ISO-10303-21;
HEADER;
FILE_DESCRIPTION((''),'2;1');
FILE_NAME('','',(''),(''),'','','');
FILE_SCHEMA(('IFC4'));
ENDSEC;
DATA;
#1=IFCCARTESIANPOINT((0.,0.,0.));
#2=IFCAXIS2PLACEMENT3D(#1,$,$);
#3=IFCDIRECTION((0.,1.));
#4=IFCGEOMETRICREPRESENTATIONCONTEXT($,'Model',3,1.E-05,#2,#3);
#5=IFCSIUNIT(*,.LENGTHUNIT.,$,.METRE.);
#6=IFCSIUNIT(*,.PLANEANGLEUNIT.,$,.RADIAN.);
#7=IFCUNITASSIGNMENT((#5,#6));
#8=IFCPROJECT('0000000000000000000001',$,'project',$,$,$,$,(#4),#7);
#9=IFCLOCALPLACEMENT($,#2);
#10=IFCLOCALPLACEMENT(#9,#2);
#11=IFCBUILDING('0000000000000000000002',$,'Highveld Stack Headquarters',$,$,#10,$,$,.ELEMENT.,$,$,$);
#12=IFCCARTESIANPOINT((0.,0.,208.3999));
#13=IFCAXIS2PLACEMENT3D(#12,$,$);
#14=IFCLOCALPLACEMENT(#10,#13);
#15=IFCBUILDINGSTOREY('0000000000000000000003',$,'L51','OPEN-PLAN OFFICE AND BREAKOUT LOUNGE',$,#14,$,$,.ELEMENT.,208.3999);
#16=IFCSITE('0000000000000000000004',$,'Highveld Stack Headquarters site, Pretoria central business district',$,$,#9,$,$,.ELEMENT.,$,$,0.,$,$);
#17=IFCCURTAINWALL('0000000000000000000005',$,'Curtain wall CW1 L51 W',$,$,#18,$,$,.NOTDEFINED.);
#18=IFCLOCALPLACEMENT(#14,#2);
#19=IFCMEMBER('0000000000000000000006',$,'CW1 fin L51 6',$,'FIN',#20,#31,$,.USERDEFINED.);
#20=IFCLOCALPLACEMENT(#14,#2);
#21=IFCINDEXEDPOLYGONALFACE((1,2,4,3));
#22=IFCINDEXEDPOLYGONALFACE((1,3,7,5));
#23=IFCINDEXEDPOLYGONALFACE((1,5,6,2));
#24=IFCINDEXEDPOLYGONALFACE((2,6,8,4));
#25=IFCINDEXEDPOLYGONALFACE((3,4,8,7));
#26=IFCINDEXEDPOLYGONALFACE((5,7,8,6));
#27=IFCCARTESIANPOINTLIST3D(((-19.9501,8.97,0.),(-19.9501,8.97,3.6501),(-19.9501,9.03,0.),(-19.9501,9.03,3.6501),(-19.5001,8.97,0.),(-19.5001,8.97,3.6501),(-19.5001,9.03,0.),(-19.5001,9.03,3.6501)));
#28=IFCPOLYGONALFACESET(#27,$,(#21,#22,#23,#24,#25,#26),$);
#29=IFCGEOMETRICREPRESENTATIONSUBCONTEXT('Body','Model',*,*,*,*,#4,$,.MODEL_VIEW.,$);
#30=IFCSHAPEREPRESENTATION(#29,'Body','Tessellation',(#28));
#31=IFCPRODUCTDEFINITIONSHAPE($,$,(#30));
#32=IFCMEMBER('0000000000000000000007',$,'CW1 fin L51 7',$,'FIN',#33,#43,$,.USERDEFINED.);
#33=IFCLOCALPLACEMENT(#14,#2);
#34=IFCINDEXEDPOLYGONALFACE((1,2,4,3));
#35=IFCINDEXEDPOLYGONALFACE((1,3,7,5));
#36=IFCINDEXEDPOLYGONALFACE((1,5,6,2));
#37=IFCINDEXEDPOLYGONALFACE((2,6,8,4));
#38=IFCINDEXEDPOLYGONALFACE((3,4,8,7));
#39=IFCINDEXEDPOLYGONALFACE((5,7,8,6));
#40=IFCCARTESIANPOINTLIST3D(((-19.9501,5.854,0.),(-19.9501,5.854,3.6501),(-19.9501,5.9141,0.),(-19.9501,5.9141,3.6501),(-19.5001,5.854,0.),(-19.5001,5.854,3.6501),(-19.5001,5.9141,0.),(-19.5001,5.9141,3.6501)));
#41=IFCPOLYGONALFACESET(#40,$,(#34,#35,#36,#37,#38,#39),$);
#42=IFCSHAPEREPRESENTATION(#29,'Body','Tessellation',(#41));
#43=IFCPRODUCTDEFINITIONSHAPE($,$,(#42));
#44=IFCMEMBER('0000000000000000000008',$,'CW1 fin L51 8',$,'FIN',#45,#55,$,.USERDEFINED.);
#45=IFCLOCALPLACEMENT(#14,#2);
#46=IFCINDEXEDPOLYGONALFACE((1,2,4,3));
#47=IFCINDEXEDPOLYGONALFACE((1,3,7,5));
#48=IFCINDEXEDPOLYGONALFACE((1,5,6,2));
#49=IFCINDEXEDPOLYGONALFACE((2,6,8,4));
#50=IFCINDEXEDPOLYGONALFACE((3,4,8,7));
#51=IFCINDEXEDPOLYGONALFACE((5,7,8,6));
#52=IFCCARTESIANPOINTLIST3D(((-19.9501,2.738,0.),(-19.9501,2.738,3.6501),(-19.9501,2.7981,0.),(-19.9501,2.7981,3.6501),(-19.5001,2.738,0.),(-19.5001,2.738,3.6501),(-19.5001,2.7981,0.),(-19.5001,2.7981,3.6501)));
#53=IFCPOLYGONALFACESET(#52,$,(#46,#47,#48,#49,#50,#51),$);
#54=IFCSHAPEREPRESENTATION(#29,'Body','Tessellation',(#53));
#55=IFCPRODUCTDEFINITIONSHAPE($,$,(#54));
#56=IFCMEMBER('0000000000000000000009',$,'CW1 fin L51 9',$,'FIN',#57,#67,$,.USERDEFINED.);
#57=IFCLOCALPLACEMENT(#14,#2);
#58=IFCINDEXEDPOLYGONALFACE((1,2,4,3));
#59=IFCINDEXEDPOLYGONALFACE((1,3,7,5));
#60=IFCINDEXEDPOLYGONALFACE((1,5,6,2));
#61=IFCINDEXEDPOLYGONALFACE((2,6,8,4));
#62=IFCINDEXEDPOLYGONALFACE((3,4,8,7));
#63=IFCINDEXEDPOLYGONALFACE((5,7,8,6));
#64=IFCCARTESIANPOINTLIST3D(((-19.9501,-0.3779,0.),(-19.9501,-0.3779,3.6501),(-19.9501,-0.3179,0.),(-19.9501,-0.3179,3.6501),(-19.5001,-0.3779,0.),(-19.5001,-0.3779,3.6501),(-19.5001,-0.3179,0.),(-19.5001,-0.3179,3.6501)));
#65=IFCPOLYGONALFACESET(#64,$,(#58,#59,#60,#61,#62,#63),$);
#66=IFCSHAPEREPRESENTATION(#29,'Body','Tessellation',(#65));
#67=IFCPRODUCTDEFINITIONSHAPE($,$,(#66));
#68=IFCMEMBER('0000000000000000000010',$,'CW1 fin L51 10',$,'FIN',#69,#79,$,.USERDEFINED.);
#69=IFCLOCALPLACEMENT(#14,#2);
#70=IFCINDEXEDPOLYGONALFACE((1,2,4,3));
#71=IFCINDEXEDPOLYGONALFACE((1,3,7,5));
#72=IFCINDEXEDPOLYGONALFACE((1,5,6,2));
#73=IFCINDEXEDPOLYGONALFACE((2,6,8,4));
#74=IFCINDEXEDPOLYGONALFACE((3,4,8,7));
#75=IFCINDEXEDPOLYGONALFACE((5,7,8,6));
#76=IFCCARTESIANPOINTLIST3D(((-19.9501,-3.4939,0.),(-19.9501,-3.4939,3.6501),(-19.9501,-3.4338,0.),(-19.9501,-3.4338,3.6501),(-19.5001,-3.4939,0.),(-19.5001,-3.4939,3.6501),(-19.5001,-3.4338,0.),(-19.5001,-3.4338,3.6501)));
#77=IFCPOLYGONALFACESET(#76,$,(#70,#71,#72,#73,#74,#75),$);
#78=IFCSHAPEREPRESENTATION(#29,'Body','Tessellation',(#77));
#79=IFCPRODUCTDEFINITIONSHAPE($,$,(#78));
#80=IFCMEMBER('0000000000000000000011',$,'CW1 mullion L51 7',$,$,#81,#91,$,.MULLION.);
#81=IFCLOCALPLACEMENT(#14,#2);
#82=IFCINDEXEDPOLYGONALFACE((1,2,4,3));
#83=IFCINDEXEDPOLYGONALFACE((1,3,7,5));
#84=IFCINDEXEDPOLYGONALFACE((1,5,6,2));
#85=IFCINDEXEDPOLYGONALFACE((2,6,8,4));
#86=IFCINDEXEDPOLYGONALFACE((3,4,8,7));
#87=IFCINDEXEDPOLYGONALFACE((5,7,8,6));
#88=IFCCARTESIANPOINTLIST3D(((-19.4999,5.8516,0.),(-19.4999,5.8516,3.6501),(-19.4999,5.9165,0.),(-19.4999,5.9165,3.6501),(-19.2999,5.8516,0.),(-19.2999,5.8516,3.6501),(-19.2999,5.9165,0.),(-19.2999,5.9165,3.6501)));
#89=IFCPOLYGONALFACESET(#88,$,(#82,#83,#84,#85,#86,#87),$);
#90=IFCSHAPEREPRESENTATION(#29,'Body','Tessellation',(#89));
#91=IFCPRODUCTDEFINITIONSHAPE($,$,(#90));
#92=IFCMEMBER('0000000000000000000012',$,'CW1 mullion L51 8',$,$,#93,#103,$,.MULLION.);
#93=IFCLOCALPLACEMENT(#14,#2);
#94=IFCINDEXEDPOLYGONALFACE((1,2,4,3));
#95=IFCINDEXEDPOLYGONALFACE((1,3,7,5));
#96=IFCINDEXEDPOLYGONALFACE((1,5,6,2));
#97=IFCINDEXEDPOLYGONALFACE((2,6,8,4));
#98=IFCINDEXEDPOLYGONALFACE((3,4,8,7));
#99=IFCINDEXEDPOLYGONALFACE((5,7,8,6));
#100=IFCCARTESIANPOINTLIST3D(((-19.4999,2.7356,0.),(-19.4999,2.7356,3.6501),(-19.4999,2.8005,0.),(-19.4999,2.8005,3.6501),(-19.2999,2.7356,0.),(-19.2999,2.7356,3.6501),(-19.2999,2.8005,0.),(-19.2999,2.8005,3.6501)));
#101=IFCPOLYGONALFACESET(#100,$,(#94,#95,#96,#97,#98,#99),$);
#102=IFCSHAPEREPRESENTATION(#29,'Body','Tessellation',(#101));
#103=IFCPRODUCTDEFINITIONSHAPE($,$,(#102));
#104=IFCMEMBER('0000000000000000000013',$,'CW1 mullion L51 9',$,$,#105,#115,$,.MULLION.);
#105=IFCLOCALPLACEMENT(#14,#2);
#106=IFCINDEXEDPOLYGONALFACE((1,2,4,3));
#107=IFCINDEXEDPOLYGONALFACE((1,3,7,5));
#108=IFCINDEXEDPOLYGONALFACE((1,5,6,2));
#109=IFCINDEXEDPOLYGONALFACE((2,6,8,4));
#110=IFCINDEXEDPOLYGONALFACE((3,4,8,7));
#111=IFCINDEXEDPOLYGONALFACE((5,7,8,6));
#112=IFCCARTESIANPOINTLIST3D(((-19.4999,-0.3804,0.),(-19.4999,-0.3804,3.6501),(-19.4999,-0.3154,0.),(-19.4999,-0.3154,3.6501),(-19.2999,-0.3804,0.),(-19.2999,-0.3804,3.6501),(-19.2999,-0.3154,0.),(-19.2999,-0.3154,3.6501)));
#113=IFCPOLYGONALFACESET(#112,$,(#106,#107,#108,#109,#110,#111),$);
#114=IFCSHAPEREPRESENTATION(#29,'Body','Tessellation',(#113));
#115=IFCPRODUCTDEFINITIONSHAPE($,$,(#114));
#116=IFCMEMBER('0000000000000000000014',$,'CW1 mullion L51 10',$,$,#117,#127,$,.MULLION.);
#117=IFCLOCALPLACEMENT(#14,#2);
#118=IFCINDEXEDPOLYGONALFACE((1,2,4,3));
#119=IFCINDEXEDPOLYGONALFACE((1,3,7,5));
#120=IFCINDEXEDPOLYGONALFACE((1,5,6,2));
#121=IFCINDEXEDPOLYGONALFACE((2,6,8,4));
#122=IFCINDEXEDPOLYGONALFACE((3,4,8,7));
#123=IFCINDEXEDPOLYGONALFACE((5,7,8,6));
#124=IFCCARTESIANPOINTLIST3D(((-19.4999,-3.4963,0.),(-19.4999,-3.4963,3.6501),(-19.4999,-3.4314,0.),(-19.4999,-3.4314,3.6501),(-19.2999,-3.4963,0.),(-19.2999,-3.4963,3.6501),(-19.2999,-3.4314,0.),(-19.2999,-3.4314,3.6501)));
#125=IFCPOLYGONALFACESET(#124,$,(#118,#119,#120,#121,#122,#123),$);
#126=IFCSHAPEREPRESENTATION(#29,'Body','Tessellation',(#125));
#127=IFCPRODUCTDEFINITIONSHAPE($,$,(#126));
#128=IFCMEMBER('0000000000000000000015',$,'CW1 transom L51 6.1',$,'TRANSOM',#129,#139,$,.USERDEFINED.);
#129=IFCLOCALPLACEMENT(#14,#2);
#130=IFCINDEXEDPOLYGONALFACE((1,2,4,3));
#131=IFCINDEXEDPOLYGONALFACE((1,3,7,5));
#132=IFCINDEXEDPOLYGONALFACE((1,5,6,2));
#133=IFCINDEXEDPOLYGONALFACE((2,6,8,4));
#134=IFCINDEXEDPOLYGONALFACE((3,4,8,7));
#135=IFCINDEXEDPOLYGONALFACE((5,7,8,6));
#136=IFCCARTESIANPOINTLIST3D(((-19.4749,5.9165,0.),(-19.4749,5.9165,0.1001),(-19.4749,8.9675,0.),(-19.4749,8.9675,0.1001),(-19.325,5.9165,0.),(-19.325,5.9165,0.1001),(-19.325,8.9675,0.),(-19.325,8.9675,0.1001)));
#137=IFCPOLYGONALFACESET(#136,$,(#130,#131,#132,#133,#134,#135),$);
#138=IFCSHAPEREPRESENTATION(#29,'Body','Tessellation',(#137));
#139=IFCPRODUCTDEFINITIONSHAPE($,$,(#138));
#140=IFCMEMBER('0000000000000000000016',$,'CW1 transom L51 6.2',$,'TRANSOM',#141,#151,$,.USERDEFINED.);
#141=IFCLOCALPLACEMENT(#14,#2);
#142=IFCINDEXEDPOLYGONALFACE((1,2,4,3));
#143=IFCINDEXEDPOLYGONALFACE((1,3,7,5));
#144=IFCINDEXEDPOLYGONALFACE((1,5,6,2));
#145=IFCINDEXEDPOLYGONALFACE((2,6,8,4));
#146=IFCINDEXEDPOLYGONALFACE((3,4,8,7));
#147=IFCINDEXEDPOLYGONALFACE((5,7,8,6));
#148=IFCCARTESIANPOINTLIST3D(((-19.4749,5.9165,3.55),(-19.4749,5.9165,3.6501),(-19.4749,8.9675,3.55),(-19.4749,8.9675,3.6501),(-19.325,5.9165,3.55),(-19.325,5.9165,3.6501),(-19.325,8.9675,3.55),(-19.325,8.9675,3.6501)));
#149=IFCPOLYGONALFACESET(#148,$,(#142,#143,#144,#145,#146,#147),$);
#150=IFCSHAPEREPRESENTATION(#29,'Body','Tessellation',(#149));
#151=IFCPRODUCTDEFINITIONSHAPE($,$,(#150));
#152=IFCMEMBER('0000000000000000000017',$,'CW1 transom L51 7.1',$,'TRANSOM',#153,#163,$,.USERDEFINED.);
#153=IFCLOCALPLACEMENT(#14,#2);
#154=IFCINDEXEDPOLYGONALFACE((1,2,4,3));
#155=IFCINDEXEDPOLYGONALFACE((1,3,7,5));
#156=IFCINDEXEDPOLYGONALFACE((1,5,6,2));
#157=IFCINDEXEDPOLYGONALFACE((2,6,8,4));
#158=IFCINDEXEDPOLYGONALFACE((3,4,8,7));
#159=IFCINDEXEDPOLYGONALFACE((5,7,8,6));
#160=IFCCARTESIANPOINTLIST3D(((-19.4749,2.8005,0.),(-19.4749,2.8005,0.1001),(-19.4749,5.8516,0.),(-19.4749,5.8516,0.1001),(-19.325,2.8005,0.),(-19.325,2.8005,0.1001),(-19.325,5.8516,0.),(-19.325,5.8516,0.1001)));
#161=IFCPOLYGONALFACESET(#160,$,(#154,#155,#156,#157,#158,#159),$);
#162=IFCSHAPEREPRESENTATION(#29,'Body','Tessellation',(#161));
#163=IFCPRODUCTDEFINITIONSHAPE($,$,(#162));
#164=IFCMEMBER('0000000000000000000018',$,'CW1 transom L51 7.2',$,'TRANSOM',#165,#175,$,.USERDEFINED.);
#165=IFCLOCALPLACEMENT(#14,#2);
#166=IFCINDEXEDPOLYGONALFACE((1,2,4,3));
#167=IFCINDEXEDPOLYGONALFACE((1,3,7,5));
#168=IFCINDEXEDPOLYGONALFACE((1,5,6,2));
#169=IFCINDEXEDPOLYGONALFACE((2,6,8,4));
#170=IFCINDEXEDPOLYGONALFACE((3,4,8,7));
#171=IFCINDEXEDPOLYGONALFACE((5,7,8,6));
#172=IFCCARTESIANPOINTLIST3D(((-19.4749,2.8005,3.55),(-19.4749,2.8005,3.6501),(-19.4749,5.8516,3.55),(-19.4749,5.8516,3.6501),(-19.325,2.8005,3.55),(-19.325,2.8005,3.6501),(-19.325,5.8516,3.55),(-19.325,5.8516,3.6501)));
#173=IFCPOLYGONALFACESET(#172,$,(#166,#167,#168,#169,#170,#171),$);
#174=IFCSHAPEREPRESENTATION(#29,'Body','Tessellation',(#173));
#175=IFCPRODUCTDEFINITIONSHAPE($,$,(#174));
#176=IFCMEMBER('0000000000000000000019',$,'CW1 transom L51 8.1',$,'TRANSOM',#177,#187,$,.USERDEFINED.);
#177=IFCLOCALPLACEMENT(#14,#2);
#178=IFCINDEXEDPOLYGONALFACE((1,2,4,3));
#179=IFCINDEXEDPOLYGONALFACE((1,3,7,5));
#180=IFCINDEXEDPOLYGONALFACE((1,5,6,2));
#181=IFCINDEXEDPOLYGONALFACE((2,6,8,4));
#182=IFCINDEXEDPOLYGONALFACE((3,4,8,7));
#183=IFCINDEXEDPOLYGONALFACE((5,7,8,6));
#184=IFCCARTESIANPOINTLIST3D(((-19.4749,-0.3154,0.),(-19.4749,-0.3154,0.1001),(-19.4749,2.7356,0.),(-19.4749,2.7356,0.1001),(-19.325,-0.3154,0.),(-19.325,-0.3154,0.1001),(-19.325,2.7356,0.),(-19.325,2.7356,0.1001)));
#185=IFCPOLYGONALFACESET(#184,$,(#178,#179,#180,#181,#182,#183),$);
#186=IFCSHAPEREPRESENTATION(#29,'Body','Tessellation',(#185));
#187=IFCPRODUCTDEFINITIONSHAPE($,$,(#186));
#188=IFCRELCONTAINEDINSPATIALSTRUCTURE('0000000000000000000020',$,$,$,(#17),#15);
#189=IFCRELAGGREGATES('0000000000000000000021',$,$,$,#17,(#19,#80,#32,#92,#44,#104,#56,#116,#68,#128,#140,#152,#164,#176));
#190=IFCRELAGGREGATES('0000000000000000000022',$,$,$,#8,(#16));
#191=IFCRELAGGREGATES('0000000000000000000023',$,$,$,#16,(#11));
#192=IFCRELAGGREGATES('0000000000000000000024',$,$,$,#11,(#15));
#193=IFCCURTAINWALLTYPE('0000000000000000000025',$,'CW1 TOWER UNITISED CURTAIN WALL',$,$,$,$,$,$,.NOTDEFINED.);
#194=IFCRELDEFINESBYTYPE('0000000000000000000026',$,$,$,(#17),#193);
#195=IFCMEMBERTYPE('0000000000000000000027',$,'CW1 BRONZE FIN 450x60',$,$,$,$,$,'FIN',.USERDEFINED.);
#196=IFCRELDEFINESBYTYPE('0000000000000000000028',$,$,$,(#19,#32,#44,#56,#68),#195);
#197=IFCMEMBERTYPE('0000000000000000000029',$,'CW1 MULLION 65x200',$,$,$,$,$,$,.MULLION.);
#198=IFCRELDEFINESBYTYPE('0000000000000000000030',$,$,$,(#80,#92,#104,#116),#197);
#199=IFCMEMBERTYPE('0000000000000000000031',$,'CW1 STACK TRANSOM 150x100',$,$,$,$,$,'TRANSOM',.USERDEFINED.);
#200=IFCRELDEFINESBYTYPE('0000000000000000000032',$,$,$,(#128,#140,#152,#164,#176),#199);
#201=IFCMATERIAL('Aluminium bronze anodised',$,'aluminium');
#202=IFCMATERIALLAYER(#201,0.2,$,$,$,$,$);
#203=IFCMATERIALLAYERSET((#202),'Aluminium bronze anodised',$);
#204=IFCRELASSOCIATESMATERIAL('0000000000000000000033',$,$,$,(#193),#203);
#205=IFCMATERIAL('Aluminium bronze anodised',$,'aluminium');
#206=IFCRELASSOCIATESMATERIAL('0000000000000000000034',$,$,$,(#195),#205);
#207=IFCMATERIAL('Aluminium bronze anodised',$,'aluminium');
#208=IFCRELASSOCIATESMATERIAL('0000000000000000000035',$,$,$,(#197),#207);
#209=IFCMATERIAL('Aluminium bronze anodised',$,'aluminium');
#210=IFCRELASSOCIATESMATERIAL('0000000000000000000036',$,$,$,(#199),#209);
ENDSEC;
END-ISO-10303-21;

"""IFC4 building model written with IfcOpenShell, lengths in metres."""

from ifc_helpers import new_model, si_unit, direction, frame, origin, origin_2d, place, context, subcontext, project, spatial, rectangle, extrude, material, layer, layer_set, material_profile, profile_set, type_object, element, aggregate, save


model = new_model("IFC4")

# Units and contexts
model_context = context("Model", 3, precision=1e-05, world=origin(), true_north=direction((0.0, 1.0)))
body_context = subcontext(model_context, "Body", "Model", "MODEL_VIEW")
ifc_project = project(units=[si_unit("LENGTHUNIT", "METRE"), si_unit("PLANEANGLEUNIT", "RADIAN")], contexts=[model_context])

# Site, building, storey
site_placement = place(None, origin())
site = spatial("IfcSite", under=ifc_project, at=site_placement, Name="Highveld Stack Headquarters site, Pretoria central business district", CompositionType="ELEMENT", RefElevation=0.0)
building_placement = place(site_placement, origin())
building = spatial("IfcBuilding", under=site, at=building_placement, Name="Highveld Stack Headquarters", CompositionType="ELEMENT")
storey_placement = place(building_placement, frame((0.0, 0.0, 208.3999)))
storey = spatial("IfcBuildingStorey", under=building, at=storey_placement, Name="L51", Description="OPEN-PLAN OFFICE AND BREAKOUT LOUNGE", CompositionType="ELEMENT", Elevation=208.3999)

# Curtain wall, members
ifc_material_1 = material(Name="Aluminium bronze anodised", Category="aluminium")
ifc_layer_1 = layer(ifc_material_1, 0.2)
ifc_layer_set_1 = layer_set([ifc_layer_1], Name="Aluminium bronze anodised")
curtain_wall_type = type_object("IfcCurtainWallType", Name="CW1 TOWER UNITISED CURTAIN WALL", PredefinedType="NOTDEFINED", material=ifc_layer_set_1)
curtain_wall_placement = place(storey_placement, origin())
curtain_wall = element("IfcCurtainWall", 1, at=curtain_wall_placement, inside=storey, type_object=curtain_wall_type, Name="Curtain wall CW1 L51 W", PredefinedType="NOTDEFINED")
ifc_material_2 = material(Name="Aluminium bronze anodised", Category="aluminium")
ifc_material_profile_1 = material_profile(ifc_material_2, rectangle(XDim=0.45, YDim=0.0601, at=origin_2d()), Name="FIN 450x60")
ifc_profile_set_1 = profile_set([ifc_material_profile_1], Name="Aluminium bronze anodised")
member_type_1 = type_object("IfcMemberType", Name="CW1 BRONZE FIN 450x60", ElementType="FIN", PredefinedType="USERDEFINED", material=ifc_profile_set_1)
member_1_placement = place(storey_placement, frame((-19.7251, 9.0, 0.0), z_axis=(0.0, 0.0, 1.0), x_axis=(1.0, 0.0, 0.0)))
member_1 = element("IfcMember", 2, at=member_1_placement, type_object=member_type_1, Name="CW1 fin L51 6", ObjectType="FIN", PredefinedType="USERDEFINED", context=body_context, shape_type="SweptSolid", body=[
    extrude(rectangle(XDim=0.45, YDim=0.0601, at=origin_2d()), origin(), (0.0, 0.0, 1.0), 3.6501),
])
member_2_placement = place(storey_placement, frame((-19.7251, 5.884, 0.0), z_axis=(0.0, 0.0, 1.0), x_axis=(1.0, 0.0, 0.0)))
member_2 = element("IfcMember", 3, at=member_2_placement, type_object=member_type_1, Name="CW1 fin L51 7", ObjectType="FIN", PredefinedType="USERDEFINED", context=body_context, shape_type="SweptSolid", body=[
    extrude(rectangle(XDim=0.45, YDim=0.0601, at=origin_2d()), origin(), (0.0, 0.0, 1.0), 3.6501),
])
member_3_placement = place(storey_placement, frame((-19.7251, 2.7681, 0.0), z_axis=(0.0, 0.0, 1.0), x_axis=(1.0, 0.0, 0.0)))
member_3 = element("IfcMember", 4, at=member_3_placement, type_object=member_type_1, Name="CW1 fin L51 8", ObjectType="FIN", PredefinedType="USERDEFINED", context=body_context, shape_type="SweptSolid", body=[
    extrude(rectangle(XDim=0.45, YDim=0.0601, at=origin_2d()), origin(), (0.0, 0.0, 1.0), 3.6501),
])
member_4_placement = place(storey_placement, frame((-19.7251, -0.3479, 0.0), z_axis=(0.0, 0.0, 1.0), x_axis=(1.0, 0.0, 0.0)))
member_4 = element("IfcMember", 5, at=member_4_placement, type_object=member_type_1, Name="CW1 fin L51 9", ObjectType="FIN", PredefinedType="USERDEFINED", context=body_context, shape_type="SweptSolid", body=[
    extrude(rectangle(XDim=0.45, YDim=0.0601, at=origin_2d()), origin(), (0.0, 0.0, 1.0), 3.6501),
])
member_5_placement = place(storey_placement, frame((-19.7251, -3.4639, 0.0), z_axis=(0.0, 0.0, 1.0), x_axis=(1.0, 0.0, 0.0)))
member_5 = element("IfcMember", 6, at=member_5_placement, type_object=member_type_1, Name="CW1 fin L51 10", ObjectType="FIN", PredefinedType="USERDEFINED", context=body_context, shape_type="SweptSolid", body=[
    extrude(rectangle(XDim=0.45, YDim=0.0601, at=origin_2d()), origin(), (0.0, 0.0, 1.0), 3.6501),
])
ifc_material_3 = material(Name="Aluminium bronze anodised", Category="aluminium")
ifc_material_profile_2 = material_profile(ifc_material_3, rectangle(XDim=0.2, YDim=0.0649, at=origin_2d()), Name="CW1 MULLION 65x200")
ifc_profile_set_2 = profile_set([ifc_material_profile_2], Name="Aluminium bronze anodised")
member_type_2 = type_object("IfcMemberType", Name="CW1 MULLION 65x200", PredefinedType="MULLION", material=ifc_profile_set_2)
member_6_placement = place(storey_placement, frame((-19.3999, 5.884, 0.0), z_axis=(0.0, 0.0, 1.0), x_axis=(1.0, 0.0, 0.0)))
member_6 = element("IfcMember", 7, at=member_6_placement, type_object=member_type_2, Name="CW1 mullion L51 7", PredefinedType="MULLION", context=body_context, shape_type="SweptSolid", body=[
    extrude(rectangle(XDim=0.2, YDim=0.0649, at=origin_2d()), origin(), (0.0, 0.0, 1.0), 3.6501),
])
member_7_placement = place(storey_placement, frame((-19.3999, 2.7681, 0.0), z_axis=(0.0, 0.0, 1.0), x_axis=(1.0, 0.0, 0.0)))
member_7 = element("IfcMember", 8, at=member_7_placement, type_object=member_type_2, Name="CW1 mullion L51 8", PredefinedType="MULLION", context=body_context, shape_type="SweptSolid", body=[
    extrude(rectangle(XDim=0.2, YDim=0.0649, at=origin_2d()), origin(), (0.0, 0.0, 1.0), 3.6501),
])
member_8_placement = place(storey_placement, frame((-19.3999, -0.3479, 0.0), z_axis=(0.0, 0.0, 1.0), x_axis=(1.0, 0.0, 0.0)))
member_8 = element("IfcMember", 9, at=member_8_placement, type_object=member_type_2, Name="CW1 mullion L51 9", PredefinedType="MULLION", context=body_context, shape_type="SweptSolid", body=[
    extrude(rectangle(XDim=0.2, YDim=0.0649, at=origin_2d()), origin(), (0.0, 0.0, 1.0), 3.6501),
])
member_9_placement = place(storey_placement, frame((-19.3999, -3.4639, 0.0), z_axis=(0.0, 0.0, 1.0), x_axis=(1.0, 0.0, 0.0)))
member_9 = element("IfcMember", 10, at=member_9_placement, type_object=member_type_2, Name="CW1 mullion L51 10", PredefinedType="MULLION", context=body_context, shape_type="SweptSolid", body=[
    extrude(rectangle(XDim=0.2, YDim=0.0649, at=origin_2d()), origin(), (0.0, 0.0, 1.0), 3.6501),
])
ifc_material_4 = material(Name="Aluminium bronze anodised", Category="aluminium")
ifc_material_profile_3 = material_profile(ifc_material_4, rectangle(XDim=0.1499, YDim=0.1001, at=origin_2d()), Name="CW1 TRANSOM 150x100")
ifc_profile_set_3 = profile_set([ifc_material_profile_3], Name="Aluminium bronze anodised")
member_type_3 = type_object("IfcMemberType", Name="CW1 STACK TRANSOM 150x100", ElementType="TRANSOM", PredefinedType="USERDEFINED", material=ifc_profile_set_3)
member_10_placement = place(storey_placement, frame((-19.3999, 8.9675, 0.05), z_axis=(0.0, -1.0, 0.0), x_axis=(1.0, 0.0, 0.0)))
member_10 = element("IfcMember", 11, at=member_10_placement, type_object=member_type_3, Name="CW1 transom L51 6.1", ObjectType="TRANSOM", PredefinedType="USERDEFINED", context=body_context, shape_type="SweptSolid", body=[
    extrude(rectangle(XDim=0.1499, YDim=0.1001, at=origin_2d()), origin(), (0.0, 0.0, 1.0), 3.051),
])
member_11_placement = place(storey_placement, frame((-19.3999, 8.9675, 3.6001), z_axis=(0.0, -1.0, 0.0), x_axis=(1.0, 0.0, 0.0)))
member_11 = element("IfcMember", 12, at=member_11_placement, type_object=member_type_3, Name="CW1 transom L51 6.2", ObjectType="TRANSOM", PredefinedType="USERDEFINED", context=body_context, shape_type="SweptSolid", body=[
    extrude(rectangle(XDim=0.1499, YDim=0.1001, at=origin_2d()), origin(), (0.0, 0.0, 1.0), 3.051),
])
member_12_placement = place(storey_placement, frame((-19.3999, 5.8516, 0.05), z_axis=(0.0, -1.0, 0.0), x_axis=(1.0, 0.0, 0.0)))
member_12 = element("IfcMember", 13, at=member_12_placement, type_object=member_type_3, Name="CW1 transom L51 7.1", ObjectType="TRANSOM", PredefinedType="USERDEFINED", context=body_context, shape_type="SweptSolid", body=[
    extrude(rectangle(XDim=0.1499, YDim=0.1001, at=origin_2d()), origin(), (0.0, 0.0, 1.0), 3.051),
])
member_13_placement = place(storey_placement, frame((-19.3999, 5.8516, 3.6001), z_axis=(0.0, -1.0, 0.0), x_axis=(1.0, 0.0, 0.0)))
member_13 = element("IfcMember", 14, at=member_13_placement, type_object=member_type_3, Name="CW1 transom L51 7.2", ObjectType="TRANSOM", PredefinedType="USERDEFINED", context=body_context, shape_type="SweptSolid", body=[
    extrude(rectangle(XDim=0.1499, YDim=0.1001, at=origin_2d()), origin(), (0.0, 0.0, 1.0), 3.051),
])
member_14_placement = place(storey_placement, frame((-19.3999, 2.7356, 0.05), z_axis=(0.0, -1.0, 0.0), x_axis=(1.0, 0.0, 0.0)))
member_14 = element("IfcMember", 15, at=member_14_placement, type_object=member_type_3, Name="CW1 transom L51 8.1", ObjectType="TRANSOM", PredefinedType="USERDEFINED", context=body_context, shape_type="SweptSolid", body=[
    extrude(rectangle(XDim=0.1499, YDim=0.1001, at=origin_2d()), origin(), (0.0, 0.0, 1.0), 3.051),
])
aggregate(curtain_wall, [member_1, member_6, member_2, member_7, member_3, member_8, member_4, member_9, member_5, member_10, member_11, member_12, member_13, member_14])

save(model, "model.ifc")
